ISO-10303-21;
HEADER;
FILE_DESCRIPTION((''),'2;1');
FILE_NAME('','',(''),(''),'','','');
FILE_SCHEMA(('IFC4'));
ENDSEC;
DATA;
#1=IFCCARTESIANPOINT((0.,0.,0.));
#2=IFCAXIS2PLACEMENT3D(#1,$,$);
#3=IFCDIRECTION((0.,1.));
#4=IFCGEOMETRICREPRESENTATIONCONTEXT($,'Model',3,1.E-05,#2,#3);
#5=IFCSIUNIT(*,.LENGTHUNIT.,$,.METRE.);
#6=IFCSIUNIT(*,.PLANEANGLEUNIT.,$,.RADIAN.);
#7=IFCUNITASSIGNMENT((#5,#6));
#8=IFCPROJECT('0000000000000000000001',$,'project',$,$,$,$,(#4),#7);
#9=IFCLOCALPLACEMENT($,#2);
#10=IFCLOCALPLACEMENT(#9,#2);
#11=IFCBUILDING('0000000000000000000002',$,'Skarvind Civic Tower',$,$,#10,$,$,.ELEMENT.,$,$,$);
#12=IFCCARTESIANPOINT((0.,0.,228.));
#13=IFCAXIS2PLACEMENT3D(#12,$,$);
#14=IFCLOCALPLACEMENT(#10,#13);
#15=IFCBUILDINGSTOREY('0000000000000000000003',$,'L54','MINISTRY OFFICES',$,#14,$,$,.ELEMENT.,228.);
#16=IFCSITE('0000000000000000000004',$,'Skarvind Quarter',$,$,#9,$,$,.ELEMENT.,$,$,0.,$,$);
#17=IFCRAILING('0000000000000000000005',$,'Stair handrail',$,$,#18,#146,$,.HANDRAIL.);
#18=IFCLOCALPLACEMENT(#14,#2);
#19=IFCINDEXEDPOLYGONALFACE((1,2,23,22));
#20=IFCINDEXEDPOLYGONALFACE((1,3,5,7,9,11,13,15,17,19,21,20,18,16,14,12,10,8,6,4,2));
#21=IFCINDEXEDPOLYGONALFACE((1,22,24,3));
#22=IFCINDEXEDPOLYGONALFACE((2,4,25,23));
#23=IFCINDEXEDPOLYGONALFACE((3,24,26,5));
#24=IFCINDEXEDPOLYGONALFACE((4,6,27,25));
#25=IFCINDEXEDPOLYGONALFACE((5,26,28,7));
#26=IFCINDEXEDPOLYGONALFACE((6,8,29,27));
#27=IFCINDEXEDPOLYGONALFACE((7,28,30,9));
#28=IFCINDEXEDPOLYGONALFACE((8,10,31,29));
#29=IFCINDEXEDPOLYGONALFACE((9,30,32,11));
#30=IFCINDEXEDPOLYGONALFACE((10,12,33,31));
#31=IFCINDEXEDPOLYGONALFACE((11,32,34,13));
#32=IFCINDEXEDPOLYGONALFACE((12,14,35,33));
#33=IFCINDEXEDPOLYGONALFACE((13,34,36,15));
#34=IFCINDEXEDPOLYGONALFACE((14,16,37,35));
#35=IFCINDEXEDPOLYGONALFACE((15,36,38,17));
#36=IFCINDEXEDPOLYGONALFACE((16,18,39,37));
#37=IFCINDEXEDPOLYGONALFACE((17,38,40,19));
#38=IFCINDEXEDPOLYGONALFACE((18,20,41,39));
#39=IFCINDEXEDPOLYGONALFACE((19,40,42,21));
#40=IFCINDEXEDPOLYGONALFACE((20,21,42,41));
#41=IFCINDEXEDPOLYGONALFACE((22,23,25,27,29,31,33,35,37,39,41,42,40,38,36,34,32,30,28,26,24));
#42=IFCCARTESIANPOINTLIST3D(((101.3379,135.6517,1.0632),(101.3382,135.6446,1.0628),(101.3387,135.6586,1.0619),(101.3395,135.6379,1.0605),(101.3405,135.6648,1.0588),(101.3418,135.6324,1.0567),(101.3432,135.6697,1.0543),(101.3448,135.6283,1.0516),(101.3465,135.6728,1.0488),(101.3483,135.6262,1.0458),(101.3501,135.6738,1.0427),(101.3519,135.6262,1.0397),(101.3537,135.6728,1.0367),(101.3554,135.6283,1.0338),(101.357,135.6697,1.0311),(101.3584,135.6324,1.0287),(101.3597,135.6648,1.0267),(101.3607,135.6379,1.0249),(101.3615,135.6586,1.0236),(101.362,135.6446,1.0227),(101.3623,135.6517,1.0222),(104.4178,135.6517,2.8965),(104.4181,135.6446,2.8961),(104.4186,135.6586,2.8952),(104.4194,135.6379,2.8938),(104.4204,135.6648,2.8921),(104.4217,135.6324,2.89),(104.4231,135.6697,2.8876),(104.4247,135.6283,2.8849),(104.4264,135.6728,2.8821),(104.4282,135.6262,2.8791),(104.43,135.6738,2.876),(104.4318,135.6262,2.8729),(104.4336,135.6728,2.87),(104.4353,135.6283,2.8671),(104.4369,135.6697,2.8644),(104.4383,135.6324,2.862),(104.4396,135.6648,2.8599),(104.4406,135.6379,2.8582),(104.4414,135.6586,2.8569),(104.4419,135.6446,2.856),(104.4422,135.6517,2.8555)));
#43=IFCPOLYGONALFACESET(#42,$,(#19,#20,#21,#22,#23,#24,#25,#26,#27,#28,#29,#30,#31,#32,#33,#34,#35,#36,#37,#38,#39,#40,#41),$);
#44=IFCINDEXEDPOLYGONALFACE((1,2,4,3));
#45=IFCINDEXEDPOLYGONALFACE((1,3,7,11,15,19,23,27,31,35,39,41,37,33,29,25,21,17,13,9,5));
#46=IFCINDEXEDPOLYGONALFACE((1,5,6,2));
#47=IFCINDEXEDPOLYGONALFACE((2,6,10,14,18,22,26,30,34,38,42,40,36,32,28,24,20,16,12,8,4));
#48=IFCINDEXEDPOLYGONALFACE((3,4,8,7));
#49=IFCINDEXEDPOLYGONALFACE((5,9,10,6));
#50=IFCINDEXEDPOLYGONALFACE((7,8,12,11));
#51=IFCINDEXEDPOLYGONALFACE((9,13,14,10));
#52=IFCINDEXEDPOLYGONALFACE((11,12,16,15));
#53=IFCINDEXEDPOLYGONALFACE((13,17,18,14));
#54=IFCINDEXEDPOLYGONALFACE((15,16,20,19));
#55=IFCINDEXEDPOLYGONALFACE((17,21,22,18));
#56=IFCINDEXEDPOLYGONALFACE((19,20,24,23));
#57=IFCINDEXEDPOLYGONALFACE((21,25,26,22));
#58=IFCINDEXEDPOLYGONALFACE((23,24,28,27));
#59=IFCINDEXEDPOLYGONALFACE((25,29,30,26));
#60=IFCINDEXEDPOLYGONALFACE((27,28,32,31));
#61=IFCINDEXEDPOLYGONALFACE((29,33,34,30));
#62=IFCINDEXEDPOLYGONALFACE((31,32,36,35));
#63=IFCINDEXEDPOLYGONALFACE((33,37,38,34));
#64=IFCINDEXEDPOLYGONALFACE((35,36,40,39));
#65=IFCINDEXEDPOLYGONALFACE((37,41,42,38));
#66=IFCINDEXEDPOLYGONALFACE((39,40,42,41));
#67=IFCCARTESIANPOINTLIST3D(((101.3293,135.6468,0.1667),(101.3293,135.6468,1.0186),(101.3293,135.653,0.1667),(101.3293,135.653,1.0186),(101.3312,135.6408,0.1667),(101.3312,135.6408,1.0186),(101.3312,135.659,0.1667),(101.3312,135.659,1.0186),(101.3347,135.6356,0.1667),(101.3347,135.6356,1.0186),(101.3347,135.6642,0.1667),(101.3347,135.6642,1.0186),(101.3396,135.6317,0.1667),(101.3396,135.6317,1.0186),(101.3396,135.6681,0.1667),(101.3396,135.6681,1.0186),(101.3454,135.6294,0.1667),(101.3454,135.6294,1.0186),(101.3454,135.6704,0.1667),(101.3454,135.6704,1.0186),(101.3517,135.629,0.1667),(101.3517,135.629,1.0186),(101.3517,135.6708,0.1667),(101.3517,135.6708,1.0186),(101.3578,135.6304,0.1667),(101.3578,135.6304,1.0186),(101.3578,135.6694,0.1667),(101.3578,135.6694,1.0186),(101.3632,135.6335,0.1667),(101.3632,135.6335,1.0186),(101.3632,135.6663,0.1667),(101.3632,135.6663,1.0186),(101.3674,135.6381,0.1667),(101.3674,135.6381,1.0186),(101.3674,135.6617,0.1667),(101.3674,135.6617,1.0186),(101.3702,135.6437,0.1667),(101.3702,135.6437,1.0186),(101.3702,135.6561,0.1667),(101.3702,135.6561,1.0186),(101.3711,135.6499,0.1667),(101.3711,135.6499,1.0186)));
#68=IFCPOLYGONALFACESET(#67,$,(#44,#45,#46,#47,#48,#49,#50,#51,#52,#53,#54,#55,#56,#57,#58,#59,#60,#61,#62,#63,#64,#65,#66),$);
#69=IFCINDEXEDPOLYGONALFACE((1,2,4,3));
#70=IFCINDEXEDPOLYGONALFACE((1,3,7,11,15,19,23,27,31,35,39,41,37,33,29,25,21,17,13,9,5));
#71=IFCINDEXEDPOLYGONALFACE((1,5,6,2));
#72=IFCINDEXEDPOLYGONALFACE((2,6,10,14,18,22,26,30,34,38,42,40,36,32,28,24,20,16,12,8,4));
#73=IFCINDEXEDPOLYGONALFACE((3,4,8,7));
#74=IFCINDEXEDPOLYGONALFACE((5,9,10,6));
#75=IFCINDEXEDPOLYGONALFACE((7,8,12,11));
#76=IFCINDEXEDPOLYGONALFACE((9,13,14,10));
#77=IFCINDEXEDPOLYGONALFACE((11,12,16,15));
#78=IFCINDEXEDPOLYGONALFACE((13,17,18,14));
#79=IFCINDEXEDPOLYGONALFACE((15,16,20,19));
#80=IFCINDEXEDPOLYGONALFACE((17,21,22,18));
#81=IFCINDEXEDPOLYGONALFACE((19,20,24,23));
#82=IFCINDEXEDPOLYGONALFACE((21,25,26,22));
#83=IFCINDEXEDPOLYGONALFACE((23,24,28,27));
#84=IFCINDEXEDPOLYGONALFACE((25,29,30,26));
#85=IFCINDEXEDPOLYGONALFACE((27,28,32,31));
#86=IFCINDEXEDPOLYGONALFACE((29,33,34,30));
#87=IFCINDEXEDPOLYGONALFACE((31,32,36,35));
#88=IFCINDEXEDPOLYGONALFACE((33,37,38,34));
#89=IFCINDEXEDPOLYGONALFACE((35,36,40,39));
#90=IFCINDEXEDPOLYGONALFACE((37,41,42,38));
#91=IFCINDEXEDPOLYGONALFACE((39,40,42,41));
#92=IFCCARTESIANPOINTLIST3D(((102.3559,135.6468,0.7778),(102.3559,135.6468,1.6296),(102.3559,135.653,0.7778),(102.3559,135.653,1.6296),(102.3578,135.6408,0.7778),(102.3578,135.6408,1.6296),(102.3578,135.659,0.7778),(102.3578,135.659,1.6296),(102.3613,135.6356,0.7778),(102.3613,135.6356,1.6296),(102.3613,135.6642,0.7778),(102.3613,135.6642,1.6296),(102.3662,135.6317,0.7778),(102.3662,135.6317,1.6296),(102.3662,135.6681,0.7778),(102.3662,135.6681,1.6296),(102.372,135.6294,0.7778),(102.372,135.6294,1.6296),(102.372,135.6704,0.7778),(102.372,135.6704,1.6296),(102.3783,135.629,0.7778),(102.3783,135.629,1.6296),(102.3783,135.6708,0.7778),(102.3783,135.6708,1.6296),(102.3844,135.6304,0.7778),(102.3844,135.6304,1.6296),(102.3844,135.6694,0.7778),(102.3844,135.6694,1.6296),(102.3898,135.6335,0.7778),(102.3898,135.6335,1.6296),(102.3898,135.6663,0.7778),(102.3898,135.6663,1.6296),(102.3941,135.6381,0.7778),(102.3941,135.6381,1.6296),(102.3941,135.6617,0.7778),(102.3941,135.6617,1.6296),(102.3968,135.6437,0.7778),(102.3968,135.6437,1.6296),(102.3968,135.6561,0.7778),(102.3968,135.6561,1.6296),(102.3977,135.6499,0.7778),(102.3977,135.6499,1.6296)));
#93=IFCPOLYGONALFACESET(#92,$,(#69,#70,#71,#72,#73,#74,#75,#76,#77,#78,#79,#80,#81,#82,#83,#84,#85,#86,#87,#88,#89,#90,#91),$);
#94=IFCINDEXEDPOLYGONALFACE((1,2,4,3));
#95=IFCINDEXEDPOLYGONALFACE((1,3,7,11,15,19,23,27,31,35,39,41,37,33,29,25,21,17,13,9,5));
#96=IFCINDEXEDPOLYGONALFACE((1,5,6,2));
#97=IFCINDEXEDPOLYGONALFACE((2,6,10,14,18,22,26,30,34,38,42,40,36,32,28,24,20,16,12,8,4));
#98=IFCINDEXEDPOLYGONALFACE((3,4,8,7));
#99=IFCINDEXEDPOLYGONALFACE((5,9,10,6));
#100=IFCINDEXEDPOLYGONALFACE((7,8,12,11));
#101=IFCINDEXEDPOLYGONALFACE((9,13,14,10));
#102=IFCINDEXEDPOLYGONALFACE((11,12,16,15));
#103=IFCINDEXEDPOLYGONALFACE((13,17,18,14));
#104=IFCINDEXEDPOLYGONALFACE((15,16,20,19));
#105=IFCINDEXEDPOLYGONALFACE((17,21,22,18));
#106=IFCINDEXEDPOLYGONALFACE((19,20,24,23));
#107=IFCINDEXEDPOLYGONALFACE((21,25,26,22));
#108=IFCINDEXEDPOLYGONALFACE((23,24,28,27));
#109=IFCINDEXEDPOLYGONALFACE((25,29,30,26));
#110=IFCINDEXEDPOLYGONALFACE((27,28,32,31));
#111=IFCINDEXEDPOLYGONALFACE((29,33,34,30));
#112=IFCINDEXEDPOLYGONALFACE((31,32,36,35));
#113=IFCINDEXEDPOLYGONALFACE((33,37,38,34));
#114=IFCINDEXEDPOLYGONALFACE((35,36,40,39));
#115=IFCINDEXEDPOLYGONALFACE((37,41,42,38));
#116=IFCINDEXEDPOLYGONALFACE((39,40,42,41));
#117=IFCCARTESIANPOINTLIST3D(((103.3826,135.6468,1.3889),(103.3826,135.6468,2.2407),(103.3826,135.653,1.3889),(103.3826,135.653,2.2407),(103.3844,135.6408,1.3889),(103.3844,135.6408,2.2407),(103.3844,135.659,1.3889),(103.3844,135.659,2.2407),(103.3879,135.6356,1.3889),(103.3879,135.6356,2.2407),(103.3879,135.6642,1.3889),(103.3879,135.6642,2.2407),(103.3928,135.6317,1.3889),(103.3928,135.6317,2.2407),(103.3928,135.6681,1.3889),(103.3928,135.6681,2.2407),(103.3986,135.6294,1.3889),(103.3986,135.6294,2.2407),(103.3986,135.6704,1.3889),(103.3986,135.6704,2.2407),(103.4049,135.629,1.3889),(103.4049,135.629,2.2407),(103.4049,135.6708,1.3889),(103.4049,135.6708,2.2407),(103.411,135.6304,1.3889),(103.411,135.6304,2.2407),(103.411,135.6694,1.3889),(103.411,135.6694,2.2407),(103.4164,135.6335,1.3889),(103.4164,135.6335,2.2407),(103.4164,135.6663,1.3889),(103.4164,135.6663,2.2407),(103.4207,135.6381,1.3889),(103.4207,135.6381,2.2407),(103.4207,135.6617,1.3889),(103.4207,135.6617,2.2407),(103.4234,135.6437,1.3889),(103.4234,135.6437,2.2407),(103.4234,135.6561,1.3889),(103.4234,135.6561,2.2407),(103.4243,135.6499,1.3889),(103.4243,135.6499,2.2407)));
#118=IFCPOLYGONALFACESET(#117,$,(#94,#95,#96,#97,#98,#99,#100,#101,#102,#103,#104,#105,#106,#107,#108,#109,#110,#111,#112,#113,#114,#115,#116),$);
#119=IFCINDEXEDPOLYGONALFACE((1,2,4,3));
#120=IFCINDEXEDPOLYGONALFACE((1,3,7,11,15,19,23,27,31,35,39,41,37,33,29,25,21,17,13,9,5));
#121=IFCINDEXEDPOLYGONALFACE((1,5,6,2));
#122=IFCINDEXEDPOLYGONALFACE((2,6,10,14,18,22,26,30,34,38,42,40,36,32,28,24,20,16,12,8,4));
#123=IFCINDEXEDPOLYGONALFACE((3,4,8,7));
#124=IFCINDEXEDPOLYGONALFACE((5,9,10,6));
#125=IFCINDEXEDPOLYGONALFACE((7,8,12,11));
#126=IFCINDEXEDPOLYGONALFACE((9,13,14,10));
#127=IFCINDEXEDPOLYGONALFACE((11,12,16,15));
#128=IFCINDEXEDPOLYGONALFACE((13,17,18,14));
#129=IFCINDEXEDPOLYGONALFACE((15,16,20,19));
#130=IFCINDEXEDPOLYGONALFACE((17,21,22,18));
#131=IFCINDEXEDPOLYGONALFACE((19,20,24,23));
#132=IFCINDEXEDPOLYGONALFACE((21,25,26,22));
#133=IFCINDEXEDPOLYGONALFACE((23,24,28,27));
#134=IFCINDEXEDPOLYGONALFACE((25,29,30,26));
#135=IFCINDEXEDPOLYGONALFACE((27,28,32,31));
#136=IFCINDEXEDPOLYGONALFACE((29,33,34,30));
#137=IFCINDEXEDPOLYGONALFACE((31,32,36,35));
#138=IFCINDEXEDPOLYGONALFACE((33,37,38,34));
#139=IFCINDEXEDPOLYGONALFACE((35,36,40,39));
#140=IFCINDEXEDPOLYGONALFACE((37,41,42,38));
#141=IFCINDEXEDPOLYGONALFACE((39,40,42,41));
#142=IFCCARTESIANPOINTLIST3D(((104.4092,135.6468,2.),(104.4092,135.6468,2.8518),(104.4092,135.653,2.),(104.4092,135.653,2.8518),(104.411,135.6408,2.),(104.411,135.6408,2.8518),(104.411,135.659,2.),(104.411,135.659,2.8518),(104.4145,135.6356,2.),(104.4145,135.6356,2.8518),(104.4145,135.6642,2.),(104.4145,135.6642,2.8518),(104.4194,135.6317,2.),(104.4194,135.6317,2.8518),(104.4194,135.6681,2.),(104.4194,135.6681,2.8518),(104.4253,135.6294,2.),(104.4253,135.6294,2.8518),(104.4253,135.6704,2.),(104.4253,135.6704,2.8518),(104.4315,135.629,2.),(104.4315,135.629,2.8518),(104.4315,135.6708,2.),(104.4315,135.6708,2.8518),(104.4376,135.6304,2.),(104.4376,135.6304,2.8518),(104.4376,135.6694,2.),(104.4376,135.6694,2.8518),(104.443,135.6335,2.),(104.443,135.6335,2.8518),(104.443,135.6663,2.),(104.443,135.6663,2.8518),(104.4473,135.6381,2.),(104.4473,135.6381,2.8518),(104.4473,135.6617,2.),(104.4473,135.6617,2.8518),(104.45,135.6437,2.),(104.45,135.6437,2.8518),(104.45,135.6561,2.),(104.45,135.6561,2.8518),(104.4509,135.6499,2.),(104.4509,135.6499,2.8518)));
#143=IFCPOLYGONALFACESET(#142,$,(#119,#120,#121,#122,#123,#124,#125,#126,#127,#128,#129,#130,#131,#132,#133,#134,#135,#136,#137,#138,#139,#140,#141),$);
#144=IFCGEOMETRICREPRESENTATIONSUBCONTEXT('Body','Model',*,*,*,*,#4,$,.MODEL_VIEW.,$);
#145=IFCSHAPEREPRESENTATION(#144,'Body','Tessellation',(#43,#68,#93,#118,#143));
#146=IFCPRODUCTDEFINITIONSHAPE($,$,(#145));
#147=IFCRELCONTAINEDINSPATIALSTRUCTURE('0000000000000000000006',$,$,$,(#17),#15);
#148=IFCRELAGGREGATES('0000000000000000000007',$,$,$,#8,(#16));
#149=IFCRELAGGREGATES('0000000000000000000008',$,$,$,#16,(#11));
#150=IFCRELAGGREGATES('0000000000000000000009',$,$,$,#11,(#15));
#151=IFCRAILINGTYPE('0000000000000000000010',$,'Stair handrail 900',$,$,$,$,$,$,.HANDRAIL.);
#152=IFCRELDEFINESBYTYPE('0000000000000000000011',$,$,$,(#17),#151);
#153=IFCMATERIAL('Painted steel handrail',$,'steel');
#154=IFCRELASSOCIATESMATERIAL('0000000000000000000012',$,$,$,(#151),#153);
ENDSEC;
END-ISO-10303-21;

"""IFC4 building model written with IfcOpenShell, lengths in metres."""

from ifc_helpers import new_model, si_unit, direction, frame, origin, origin_2d, place, context, subcontext, project, spatial, circle, extrude, material, type_object, element, save


model = new_model("IFC4")

# Units and contexts
model_context = context("Model", 3, precision=1e-05, world=origin(), true_north=direction((0.0, 1.0)))
body_context = subcontext(model_context, "Body", "Model", "MODEL_VIEW")
ifc_project = project(units=[si_unit("LENGTHUNIT", "METRE"), si_unit("PLANEANGLEUNIT", "RADIAN")], contexts=[model_context])

# Site, building, storey
site_placement = place(None, origin())
site = spatial("IfcSite", under=ifc_project, at=site_placement, Name="Skarvind Quarter", CompositionType="ELEMENT", RefElevation=0.0)
building_placement = place(site_placement, origin())
building = spatial("IfcBuilding", under=site, at=building_placement, Name="Skarvind Civic Tower", CompositionType="ELEMENT")
storey_placement = place(building_placement, frame((0.0, 0.0, 228.0)))
storey = spatial("IfcBuildingStorey", under=building, at=storey_placement, Name="L54", Description="MINISTRY OFFICES", CompositionType="ELEMENT", Elevation=228.0)

# Railing
ifc_material_1 = material(Name="Painted steel handrail", Category="steel")
railing_type = type_object("IfcRailingType", Name="Stair handrail 900", PredefinedType="HANDRAIL", material=ifc_material_1)
railing_1_placement = place(storey_placement, frame((101.3501, 135.6499, 0.1667)))
element("IfcRailing", 1, at=railing_1_placement, inside=storey, type_object=railing_type, Name="Stair handrail", PredefinedType="HANDRAIL", context=body_context, shape_type="SweptSolid", body=[
    extrude(circle(Radius=0.0239, at=origin_2d()), frame((0.0, 0.0, 0.876), z_axis=(0.859291, 0.0, 0.511487), x_axis=(0.0, 1.0, 0.0)), (0.0, 0.0, 1.0), 3.5842),
    extrude(circle(Radius=0.021, at=origin_2d()), origin(), (0.0, 0.0, 1.0), 0.8518),
    extrude(circle(Radius=0.021, at=origin_2d()), frame((1.0266, 0.0, 0.6111)), (0.0, 0.0, 1.0), 0.8518),
    extrude(circle(Radius=0.021, at=origin_2d()), frame((2.0532, 0.0, 1.2222)), (0.0, 0.0, 1.0), 0.8518),
    extrude(circle(Radius=0.021, at=origin_2d()), frame((3.0798, 0.0, 1.8333)), (0.0, 0.0, 1.0), 0.8518),
])

save(model, "model.ifc")
